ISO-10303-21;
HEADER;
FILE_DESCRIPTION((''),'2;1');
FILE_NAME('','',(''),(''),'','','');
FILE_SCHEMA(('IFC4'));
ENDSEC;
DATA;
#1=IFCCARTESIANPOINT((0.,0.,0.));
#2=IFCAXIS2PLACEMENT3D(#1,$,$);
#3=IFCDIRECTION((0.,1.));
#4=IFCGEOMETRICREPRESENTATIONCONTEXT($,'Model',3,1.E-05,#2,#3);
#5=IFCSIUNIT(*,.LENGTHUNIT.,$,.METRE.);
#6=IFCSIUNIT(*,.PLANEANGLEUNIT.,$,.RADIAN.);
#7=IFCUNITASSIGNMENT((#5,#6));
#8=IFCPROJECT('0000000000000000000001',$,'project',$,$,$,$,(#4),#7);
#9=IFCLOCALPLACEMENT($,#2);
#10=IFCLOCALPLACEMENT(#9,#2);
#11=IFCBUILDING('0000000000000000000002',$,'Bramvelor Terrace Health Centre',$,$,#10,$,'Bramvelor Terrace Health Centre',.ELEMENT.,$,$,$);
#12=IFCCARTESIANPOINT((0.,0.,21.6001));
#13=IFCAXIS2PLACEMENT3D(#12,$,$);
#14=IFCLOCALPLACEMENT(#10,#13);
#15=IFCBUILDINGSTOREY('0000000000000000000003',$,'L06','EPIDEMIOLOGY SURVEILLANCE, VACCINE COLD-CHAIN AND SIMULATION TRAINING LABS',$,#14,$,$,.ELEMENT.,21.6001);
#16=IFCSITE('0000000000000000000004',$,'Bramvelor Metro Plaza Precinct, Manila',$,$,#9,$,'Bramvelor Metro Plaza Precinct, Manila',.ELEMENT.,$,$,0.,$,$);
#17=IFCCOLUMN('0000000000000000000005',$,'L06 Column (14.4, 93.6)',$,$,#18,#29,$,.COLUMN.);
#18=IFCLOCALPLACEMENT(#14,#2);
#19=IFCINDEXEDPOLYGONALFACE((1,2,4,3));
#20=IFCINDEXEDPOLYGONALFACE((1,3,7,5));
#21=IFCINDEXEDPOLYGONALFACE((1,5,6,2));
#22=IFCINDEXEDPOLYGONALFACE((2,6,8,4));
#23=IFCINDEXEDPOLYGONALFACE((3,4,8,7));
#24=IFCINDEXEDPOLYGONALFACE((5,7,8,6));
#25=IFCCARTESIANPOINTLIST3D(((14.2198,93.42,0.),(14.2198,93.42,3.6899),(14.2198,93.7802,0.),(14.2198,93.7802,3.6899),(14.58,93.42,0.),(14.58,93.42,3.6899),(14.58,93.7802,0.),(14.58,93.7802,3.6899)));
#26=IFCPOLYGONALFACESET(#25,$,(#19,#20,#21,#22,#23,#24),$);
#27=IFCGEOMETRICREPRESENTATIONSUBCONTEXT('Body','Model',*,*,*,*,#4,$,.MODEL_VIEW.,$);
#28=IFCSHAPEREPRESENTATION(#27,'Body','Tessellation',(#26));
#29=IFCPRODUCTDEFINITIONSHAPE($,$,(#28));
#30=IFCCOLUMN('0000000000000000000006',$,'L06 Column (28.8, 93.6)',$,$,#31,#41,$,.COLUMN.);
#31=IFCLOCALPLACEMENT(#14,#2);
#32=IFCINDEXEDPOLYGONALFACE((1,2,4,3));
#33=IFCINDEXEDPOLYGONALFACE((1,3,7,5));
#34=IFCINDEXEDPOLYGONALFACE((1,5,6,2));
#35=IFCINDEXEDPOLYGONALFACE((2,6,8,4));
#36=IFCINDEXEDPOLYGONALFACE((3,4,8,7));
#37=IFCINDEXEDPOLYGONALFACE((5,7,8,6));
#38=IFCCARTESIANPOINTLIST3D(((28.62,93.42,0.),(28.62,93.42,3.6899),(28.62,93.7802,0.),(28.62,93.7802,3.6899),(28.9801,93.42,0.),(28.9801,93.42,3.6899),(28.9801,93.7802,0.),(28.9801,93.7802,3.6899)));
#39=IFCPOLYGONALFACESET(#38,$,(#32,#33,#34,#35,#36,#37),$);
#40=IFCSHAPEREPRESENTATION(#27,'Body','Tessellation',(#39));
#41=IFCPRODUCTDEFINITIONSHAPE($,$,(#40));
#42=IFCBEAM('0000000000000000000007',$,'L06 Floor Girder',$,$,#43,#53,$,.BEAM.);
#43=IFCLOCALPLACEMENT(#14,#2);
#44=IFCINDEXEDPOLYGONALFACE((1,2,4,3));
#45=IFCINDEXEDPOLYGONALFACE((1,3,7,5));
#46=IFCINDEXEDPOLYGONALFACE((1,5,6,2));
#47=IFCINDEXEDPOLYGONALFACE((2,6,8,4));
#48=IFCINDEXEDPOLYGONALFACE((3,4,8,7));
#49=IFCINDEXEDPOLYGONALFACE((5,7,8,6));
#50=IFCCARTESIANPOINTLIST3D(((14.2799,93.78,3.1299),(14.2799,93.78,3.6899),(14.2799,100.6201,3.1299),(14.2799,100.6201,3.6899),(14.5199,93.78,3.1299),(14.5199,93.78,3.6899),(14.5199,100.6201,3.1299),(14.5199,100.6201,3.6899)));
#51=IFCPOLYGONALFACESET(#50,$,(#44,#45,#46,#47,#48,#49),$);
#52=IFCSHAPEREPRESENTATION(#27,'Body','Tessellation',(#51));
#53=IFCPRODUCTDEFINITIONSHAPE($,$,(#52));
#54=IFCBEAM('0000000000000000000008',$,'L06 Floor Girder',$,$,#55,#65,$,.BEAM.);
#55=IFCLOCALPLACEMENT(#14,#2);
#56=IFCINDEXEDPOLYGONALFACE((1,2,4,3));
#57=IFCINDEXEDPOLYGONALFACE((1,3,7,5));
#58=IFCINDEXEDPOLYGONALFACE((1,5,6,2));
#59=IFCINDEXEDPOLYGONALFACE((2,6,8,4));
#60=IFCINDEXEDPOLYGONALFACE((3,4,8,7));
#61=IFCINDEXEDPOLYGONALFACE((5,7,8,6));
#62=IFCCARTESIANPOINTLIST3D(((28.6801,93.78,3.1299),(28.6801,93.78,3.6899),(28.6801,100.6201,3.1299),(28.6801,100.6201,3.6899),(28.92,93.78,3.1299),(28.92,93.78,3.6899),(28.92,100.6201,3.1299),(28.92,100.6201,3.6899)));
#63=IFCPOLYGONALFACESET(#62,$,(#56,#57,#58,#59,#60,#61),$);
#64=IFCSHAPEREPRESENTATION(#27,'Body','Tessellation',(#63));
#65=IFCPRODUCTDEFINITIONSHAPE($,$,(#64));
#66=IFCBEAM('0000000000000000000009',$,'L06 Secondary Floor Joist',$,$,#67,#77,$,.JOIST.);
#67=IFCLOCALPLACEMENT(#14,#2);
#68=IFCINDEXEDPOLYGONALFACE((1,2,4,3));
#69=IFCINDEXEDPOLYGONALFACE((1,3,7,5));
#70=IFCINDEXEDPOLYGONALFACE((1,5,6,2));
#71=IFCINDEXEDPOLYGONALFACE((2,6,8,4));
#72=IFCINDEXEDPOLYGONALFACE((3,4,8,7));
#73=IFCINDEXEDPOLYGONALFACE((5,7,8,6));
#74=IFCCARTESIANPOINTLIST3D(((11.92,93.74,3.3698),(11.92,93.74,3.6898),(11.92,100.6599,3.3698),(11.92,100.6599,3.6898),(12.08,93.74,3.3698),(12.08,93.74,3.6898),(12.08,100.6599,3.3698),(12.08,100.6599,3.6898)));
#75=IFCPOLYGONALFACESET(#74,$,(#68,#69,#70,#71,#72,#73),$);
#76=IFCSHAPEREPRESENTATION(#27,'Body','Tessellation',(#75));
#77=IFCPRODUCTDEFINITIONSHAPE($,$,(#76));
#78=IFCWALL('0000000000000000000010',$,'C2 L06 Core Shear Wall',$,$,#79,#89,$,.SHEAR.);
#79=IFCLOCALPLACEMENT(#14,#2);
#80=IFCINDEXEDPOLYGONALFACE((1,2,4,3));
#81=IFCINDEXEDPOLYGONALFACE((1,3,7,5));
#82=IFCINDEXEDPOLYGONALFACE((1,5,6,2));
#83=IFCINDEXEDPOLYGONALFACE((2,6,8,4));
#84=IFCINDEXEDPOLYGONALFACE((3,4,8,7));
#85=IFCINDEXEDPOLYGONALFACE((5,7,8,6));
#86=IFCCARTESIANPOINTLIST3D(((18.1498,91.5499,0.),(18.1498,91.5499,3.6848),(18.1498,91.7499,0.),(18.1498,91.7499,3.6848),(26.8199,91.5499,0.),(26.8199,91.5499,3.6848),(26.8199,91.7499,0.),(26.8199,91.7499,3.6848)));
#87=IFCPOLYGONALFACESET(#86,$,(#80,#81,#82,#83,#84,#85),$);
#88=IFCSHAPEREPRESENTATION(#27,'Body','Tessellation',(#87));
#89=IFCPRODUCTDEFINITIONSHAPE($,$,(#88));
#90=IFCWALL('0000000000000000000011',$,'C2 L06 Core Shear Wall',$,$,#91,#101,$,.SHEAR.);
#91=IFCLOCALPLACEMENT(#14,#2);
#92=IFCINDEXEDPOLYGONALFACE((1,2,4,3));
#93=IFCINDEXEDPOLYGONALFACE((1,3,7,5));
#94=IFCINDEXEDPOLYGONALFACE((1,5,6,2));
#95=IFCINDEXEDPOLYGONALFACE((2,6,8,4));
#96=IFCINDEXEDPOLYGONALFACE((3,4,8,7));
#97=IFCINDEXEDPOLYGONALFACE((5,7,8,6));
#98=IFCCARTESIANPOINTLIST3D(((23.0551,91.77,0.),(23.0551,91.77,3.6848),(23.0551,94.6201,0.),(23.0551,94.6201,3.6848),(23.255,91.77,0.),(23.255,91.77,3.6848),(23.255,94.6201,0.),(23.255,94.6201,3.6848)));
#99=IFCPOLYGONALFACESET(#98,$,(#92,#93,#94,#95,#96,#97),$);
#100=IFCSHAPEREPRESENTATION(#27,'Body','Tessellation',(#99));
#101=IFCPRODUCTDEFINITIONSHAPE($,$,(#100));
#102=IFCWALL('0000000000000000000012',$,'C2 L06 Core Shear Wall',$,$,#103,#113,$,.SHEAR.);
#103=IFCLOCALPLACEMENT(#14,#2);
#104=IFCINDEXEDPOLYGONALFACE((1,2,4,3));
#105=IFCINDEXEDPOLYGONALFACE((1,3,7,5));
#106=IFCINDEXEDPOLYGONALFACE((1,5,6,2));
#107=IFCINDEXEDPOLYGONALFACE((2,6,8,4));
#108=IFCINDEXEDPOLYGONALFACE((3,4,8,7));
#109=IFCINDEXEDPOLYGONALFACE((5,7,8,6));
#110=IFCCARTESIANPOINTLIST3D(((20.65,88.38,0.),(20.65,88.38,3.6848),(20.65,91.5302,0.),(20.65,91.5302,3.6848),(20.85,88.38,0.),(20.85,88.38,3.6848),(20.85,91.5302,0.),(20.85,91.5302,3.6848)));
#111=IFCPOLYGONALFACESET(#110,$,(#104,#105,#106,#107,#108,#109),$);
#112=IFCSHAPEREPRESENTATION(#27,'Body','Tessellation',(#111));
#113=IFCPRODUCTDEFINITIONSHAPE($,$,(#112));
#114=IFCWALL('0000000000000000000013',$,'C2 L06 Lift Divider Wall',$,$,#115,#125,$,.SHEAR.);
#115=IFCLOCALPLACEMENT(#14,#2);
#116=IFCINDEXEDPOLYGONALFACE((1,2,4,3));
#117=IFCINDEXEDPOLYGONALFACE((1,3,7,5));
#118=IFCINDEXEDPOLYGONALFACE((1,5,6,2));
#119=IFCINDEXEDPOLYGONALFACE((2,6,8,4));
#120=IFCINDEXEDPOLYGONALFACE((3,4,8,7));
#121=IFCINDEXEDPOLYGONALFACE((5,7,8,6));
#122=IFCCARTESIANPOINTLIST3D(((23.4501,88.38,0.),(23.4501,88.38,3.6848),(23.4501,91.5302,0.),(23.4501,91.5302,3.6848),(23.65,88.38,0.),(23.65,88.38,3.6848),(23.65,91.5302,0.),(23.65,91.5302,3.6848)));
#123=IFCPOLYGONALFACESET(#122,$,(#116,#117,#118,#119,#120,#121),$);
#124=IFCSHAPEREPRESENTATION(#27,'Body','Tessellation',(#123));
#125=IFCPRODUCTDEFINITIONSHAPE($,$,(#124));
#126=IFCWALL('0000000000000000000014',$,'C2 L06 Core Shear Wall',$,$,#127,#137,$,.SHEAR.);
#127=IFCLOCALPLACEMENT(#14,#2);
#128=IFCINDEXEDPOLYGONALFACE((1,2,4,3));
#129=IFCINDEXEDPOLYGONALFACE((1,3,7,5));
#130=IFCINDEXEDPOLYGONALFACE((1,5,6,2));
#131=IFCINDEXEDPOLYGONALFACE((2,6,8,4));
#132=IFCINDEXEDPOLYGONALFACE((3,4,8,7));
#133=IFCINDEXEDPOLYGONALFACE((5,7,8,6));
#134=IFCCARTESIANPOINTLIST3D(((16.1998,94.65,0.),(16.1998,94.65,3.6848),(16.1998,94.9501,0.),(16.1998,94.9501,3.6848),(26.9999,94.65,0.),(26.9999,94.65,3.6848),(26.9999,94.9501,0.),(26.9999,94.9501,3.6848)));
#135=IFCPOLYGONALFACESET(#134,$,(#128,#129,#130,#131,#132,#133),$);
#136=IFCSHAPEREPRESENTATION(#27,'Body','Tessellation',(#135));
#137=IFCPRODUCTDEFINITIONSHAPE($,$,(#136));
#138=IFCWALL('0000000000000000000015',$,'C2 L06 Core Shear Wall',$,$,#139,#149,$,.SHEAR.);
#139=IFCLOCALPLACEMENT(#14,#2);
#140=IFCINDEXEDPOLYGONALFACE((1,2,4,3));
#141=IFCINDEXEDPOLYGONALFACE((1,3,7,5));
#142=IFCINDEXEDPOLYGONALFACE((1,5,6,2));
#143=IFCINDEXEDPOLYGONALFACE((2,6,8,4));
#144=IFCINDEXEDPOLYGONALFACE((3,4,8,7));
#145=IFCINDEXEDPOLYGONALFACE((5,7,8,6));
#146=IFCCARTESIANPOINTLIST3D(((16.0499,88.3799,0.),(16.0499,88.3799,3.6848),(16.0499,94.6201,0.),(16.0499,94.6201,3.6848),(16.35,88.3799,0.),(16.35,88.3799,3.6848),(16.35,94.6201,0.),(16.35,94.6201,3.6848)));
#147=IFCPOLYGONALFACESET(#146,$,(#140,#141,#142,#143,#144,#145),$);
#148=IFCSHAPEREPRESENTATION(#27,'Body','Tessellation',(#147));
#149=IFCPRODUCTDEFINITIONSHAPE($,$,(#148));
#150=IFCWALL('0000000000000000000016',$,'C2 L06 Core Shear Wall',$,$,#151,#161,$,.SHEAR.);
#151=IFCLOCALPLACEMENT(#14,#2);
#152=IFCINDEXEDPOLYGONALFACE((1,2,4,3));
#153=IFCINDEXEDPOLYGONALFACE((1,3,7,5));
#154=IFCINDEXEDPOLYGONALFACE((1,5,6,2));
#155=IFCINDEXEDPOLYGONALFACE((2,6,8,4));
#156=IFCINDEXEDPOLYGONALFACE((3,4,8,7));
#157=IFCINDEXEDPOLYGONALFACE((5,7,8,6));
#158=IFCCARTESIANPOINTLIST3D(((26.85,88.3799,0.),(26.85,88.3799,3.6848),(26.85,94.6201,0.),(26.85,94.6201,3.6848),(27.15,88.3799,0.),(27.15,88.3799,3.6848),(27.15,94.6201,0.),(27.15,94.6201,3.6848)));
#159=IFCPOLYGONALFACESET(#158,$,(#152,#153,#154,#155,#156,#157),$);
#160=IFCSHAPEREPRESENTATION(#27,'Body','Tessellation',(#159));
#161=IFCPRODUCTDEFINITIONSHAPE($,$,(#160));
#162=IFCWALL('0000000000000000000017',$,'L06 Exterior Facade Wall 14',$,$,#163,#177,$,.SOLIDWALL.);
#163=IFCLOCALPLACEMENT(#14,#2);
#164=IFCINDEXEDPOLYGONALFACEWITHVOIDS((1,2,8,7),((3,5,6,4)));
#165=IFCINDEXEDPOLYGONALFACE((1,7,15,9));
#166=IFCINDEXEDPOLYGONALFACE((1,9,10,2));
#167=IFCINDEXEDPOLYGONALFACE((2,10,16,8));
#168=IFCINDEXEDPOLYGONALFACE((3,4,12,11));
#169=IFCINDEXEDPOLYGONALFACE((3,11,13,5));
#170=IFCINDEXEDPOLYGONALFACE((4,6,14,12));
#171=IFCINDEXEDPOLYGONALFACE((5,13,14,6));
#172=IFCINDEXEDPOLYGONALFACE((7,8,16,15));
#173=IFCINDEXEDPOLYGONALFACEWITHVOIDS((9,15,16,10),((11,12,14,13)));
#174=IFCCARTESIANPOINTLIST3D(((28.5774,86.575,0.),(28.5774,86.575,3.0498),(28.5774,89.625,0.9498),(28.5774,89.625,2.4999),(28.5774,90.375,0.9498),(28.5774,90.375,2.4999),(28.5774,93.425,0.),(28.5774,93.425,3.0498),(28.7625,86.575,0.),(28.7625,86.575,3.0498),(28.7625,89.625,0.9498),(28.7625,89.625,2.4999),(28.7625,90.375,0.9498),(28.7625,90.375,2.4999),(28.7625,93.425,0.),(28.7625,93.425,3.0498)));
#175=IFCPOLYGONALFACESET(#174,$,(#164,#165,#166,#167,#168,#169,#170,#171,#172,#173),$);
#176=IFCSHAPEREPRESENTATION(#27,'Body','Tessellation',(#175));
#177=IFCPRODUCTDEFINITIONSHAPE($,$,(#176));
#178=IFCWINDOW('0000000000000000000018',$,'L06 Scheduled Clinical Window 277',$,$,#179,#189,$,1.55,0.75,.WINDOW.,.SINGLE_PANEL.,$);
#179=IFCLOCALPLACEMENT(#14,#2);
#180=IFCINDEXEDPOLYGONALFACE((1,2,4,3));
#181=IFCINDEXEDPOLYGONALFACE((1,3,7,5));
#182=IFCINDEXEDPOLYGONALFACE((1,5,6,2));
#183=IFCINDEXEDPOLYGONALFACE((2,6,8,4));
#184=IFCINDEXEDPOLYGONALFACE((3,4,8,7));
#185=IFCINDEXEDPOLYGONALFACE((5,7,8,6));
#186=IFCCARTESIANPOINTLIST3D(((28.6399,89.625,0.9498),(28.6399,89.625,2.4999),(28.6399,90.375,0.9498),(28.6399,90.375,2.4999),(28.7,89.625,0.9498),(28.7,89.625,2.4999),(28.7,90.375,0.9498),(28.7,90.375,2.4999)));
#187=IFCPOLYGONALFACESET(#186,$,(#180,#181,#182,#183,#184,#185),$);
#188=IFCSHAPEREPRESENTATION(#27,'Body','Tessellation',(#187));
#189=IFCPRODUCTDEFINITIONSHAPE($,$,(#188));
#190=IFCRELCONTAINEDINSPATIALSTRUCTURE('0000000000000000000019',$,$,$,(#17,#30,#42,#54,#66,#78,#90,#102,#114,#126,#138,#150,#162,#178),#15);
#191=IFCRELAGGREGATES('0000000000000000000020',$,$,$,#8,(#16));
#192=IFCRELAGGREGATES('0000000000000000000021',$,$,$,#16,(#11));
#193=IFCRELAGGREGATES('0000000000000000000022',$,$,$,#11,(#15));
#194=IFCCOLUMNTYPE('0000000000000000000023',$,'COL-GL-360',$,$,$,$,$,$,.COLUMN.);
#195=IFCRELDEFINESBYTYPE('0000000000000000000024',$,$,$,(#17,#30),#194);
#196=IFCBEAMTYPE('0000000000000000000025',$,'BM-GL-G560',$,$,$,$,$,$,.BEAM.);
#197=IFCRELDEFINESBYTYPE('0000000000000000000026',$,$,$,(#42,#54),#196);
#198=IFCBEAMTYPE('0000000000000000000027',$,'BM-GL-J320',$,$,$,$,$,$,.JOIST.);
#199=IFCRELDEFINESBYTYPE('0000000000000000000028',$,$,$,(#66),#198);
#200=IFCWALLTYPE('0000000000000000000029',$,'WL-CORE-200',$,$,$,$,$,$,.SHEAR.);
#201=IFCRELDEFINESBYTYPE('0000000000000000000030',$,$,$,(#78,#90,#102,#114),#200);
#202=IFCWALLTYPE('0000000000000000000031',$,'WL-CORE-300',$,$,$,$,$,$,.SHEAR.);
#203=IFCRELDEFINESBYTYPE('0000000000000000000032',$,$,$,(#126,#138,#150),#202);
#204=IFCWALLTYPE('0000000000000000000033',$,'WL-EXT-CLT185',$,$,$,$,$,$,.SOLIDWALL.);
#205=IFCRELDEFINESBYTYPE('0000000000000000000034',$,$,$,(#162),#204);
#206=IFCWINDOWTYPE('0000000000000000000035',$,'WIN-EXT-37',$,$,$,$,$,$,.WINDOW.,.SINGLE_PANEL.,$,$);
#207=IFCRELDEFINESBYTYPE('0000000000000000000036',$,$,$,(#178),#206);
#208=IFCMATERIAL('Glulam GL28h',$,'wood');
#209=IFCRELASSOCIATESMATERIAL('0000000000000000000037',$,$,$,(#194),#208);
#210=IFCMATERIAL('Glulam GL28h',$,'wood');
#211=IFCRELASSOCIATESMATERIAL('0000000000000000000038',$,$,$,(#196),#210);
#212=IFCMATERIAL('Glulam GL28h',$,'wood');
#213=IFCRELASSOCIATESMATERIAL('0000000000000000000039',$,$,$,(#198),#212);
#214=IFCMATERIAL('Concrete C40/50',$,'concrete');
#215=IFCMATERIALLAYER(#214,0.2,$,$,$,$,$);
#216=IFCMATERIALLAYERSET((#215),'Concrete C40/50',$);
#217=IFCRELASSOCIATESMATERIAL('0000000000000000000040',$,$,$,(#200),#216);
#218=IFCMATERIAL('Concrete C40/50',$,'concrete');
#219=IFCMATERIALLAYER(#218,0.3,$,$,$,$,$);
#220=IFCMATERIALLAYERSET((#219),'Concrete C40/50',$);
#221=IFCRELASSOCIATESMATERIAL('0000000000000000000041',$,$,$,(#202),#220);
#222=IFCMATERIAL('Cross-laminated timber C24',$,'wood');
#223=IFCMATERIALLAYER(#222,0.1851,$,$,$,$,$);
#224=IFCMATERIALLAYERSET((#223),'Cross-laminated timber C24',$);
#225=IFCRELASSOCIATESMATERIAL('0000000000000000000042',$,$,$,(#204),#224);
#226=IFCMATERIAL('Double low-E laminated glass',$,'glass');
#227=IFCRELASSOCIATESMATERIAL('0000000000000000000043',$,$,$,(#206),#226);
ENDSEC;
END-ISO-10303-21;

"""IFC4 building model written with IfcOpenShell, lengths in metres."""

from ifc_helpers import new_model, si_unit, direction, frame, frame_2d, origin, origin_2d, place, context, subcontext, project, spatial, rectangle, extrude, material, layer, layer_set, material_profile, profile_set, type_object, element, fill, save


model = new_model("IFC4")

# Units and contexts
model_context = context("Model", 3, precision=1e-05, world=origin(), true_north=direction((0.0, 1.0)))
body_context = subcontext(model_context, "Body", "Model", "MODEL_VIEW")
ifc_project = project(units=[si_unit("LENGTHUNIT", "METRE"), si_unit("PLANEANGLEUNIT", "RADIAN")], contexts=[model_context])

# Site, building, storey
site_placement = place(None, origin())
site = spatial("IfcSite", under=ifc_project, at=site_placement, Name="Bramvelor Metro Plaza Precinct, Manila", LongName="Bramvelor Metro Plaza Precinct, Manila", CompositionType="ELEMENT", RefElevation=0.0)
building_placement = place(site_placement, origin())
building = spatial("IfcBuilding", under=site, at=building_placement, Name="Bramvelor Terrace Health Centre", LongName="Bramvelor Terrace Health Centre", CompositionType="ELEMENT")
storey_placement = place(building_placement, frame((0.0, 0.0, 21.6001)))
storey = spatial("IfcBuildingStorey", under=building, at=storey_placement, Name="L06", Description="EPIDEMIOLOGY SURVEILLANCE, VACCINE COLD-CHAIN AND SIMULATION TRAINING LABS", CompositionType="ELEMENT", Elevation=21.6001)

# Columns
ifc_material_1 = material(Name="Glulam GL28h", Category="wood")
ifc_material_profile_1 = material_profile(ifc_material_1, rectangle(XDim=0.3601, YDim=0.3601, at=origin_2d()), Name="GL 360x360")
ifc_profile_set_1 = profile_set([ifc_material_profile_1], Name="Glulam GL28h")
column_type = type_object("IfcColumnType", Name="COL-GL-360", PredefinedType="COLUMN", material=ifc_profile_set_1)
for number, where, z_axis, x_axis, name in (
    (1, (14.3999, 93.6001, 0.0), (0.0, 0.0, 1.0), (1.0, 0.0, 0.0), "L06 Column (14.4, 93.6)"),
    (2, (28.8, 93.6001, 0.0), (0.0, 0.0, 1.0), (1.0, 0.0, 0.0), "L06 Column (28.8, 93.6)"),
):
    element("IfcColumn", number, at=place(storey_placement, frame(where, z_axis=z_axis, x_axis=x_axis)), inside=storey, type_object=column_type, Name=name, PredefinedType="COLUMN", context=body_context, shape_type="SweptSolid", body=[
        extrude(rectangle(XDim=0.3601, YDim=0.3601, at=origin_2d()), origin(), (0.0, 0.0, 1.0), 3.6899),
    ])

# Beams
ifc_material_2 = material(Name="Glulam GL28h", Category="wood")
ifc_material_profile_2 = material_profile(ifc_material_2, rectangle(XDim=0.24, YDim=0.5601, at=origin_2d()), Name="GL 240x560")
ifc_profile_set_2 = profile_set([ifc_material_profile_2], Name="Glulam GL28h")
beam_type_1 = type_object("IfcBeamType", Name="BM-GL-G560", PredefinedType="BEAM", material=ifc_profile_set_2)
for number, where, z_axis, x_axis, name in (
    (3, (14.3999, 93.78, 3.4099), (0.0, 1.0, 0.0), (-1.0, 0.0, 0.0), "L06 Floor Girder"),
    (4, (28.8, 93.78, 3.4099), (0.0, 1.0, 0.0), (-1.0, 0.0, 0.0), "L06 Floor Girder"),
):
    element("IfcBeam", number, at=place(storey_placement, frame(where, z_axis=z_axis, x_axis=x_axis)), inside=storey, type_object=beam_type_1, Name=name, PredefinedType="BEAM", context=body_context, shape_type="SweptSolid", body=[
        extrude(rectangle(XDim=0.24, YDim=0.5601, at=origin_2d()), origin(), (0.0, 0.0, 1.0), 6.8401),
    ])
ifc_material_3 = material(Name="Glulam GL28h", Category="wood")
ifc_material_profile_3 = material_profile(ifc_material_3, rectangle(XDim=0.1599, YDim=0.3201, at=origin_2d()), Name="GL 160x320")
ifc_profile_set_3 = profile_set([ifc_material_profile_3], Name="Glulam GL28h")
beam_type_2 = type_object("IfcBeamType", Name="BM-GL-J320", PredefinedType="JOIST", material=ifc_profile_set_3)
beam_placement = place(storey_placement, frame((12.0, 93.74, 3.5298), z_axis=(0.0, 1.0, 0.0), x_axis=(-1.0, 0.0, 0.0)))
element("IfcBeam", 5, at=beam_placement, inside=storey, type_object=beam_type_2, Name="L06 Secondary Floor Joist", PredefinedType="JOIST", context=body_context, shape_type="SweptSolid", body=[
    extrude(rectangle(XDim=0.1599, YDim=0.3201, at=origin_2d()), origin(), (0.0, 0.0, 1.0), 6.9199),
])

# Walls
ifc_material_4 = material(Name="Concrete C40/50", Category="concrete")
ifc_layer_1 = layer(ifc_material_4, 0.2)
ifc_layer_set_1 = layer_set([ifc_layer_1], Name="Concrete C40/50")
wall_type_1 = type_object("IfcWallType", Name="WL-CORE-200", PredefinedType="SHEAR", material=ifc_layer_set_1)
wall_1_placement = place(storey_placement, frame((18.1499, 91.6499, 0.0), z_axis=(0.0, 0.0, 1.0), x_axis=(1.0, 0.0, 0.0)))
element("IfcWall", 6, at=wall_1_placement, inside=storey, type_object=wall_type_1, Name="C2 L06 Core Shear Wall", PredefinedType="SHEAR", context=body_context, shape_type="SweptSolid", body=[
    extrude(rectangle(XDim=8.6702, YDim=0.2, at=frame_2d((4.335, 0.0))), origin(), (0.0, 0.0, 1.0), 3.6848),
])
wall_2_placement = place(storey_placement, frame((23.155, 91.77, 0.0), z_axis=(0.0, 0.0, 1.0), x_axis=(0.0, 1.0, 0.0)))
element("IfcWall", 7, at=wall_2_placement, inside=storey, type_object=wall_type_1, Name="C2 L06 Core Shear Wall", PredefinedType="SHEAR", context=body_context, shape_type="SweptSolid", body=[
    extrude(rectangle(XDim=2.8501, YDim=0.2, at=frame_2d((1.425, 0.0))), origin(), (0.0, 0.0, 1.0), 3.6848),
])
for number, where, z_axis, x_axis, name in (
    (8, (20.75, 88.3799, 0.0), (0.0, 0.0, 1.0), (0.0, 1.0, 0.0), "C2 L06 Core Shear Wall"),
    (9, (23.55, 88.3799, 0.0), (0.0, 0.0, 1.0), (0.0, 1.0, 0.0), "C2 L06 Lift Divider Wall"),
):
    element("IfcWall", number, at=place(storey_placement, frame(where, z_axis=z_axis, x_axis=x_axis)), inside=storey, type_object=wall_type_1, Name=name, PredefinedType="SHEAR", context=body_context, shape_type="SweptSolid", body=[
        extrude(rectangle(XDim=3.1501, YDim=0.2, at=frame_2d((1.5752, 0.0))), origin(), (0.0, 0.0, 1.0), 3.6848),
    ])

# Shared definitions
ifc_material_5 = material(Name="Concrete C40/50", Category="concrete")
ifc_layer_2 = layer(ifc_material_5, 0.3)
ifc_layer_set_2 = layer_set([ifc_layer_2], Name="Concrete C40/50")
wall_type_2 = type_object("IfcWallType", Name="WL-CORE-300", PredefinedType="SHEAR", material=ifc_layer_set_2)

# Walls
wall_3_placement = place(storey_placement, frame((16.2, 94.8, 0.0), z_axis=(0.0, 0.0, 1.0), x_axis=(1.0, 0.0, 0.0)))
element("IfcWall", 10, at=wall_3_placement, inside=storey, type_object=wall_type_2, Name="C2 L06 Core Shear Wall", PredefinedType="SHEAR", context=body_context, shape_type="SweptSolid", body=[
    extrude(rectangle(XDim=10.8, YDim=0.3, at=frame_2d((5.3999, 0.0))), origin(), (0.0, 0.0, 1.0), 3.6848),
])
for number, where, z_axis, x_axis, name in (
    (11, (16.2, 88.3799, 0.0), (0.0, 0.0, 1.0), (0.0, 1.0, 0.0), "C2 L06 Core Shear Wall"),
    (12, (27.0, 88.3799, 0.0), (0.0, 0.0, 1.0), (0.0, 1.0, 0.0), "C2 L06 Core Shear Wall"),
):
    element("IfcWall", number, at=place(storey_placement, frame(where, z_axis=z_axis, x_axis=x_axis)), inside=storey, type_object=wall_type_2, Name=name, PredefinedType="SHEAR", context=body_context, shape_type="SweptSolid", body=[
        extrude(rectangle(XDim=6.2402, YDim=0.3, at=frame_2d((3.1201, 0.0))), origin(), (0.0, 0.0, 1.0), 3.6848),
    ])

# Wall, opening, window
ifc_material_6 = material(Name="Cross-laminated timber C24", Category="wood")
ifc_layer_3 = layer(ifc_material_6, 0.1851)
ifc_layer_set_3 = layer_set([ifc_layer_3], Name="Cross-laminated timber C24")
wall_type_3 = type_object("IfcWallType", Name="WL-EXT-CLT185", PredefinedType="SOLIDWALL", material=ifc_layer_set_3)
wall_4_placement = place(storey_placement, frame((28.6699, 93.425, 0.0), z_axis=(0.0, 0.0, 1.0), x_axis=(0.0, -1.0, 0.0)))
wall_4 = element("IfcWall", 13, at=wall_4_placement, inside=storey, type_object=wall_type_3, Name="L06 Exterior Facade Wall 14", PredefinedType="SOLIDWALL", context=body_context, shape_type="SweptSolid", body=[
    extrude(rectangle(XDim=6.8501, YDim=0.1851, at=frame_2d((3.425, 0.0))), origin(), (0.0, 0.0, 1.0), 3.0498),
])
opening_1_placement = place(wall_4_placement, frame((3.05, 0.0, 0.95)))
opening_1 = element("IfcOpeningElement", 14, at=opening_1_placement, cuts=wall_4, PredefinedType="OPENING", context=body_context, shape_type="SweptSolid", body=[
    extrude(rectangle(XDim=0.75, YDim=1.55, at=frame_2d((0.375, 0.7749))), frame((0.0, 0.1025, 0.0), z_axis=(0.0, -1.0, 0.0), x_axis=(1.0, 0.0, 0.0)), (0.0, 0.0, 1.0), 0.2051),
])
ifc_material_7 = material(Name="Double low-E laminated glass", Category="glass")
window_type = type_object("IfcWindowType", Name="WIN-EXT-37", PartitioningType="SINGLE_PANEL", PredefinedType="WINDOW", material=ifc_material_7)
window_placement = place(opening_1_placement, origin())
window = element("IfcWindow", 15, at=window_placement, inside=storey, type_object=window_type, Name="L06 Scheduled Clinical Window 277", OverallHeight=1.55, OverallWidth=0.75, PartitioningType="SINGLE_PANEL", PredefinedType="WINDOW", context=body_context, shape_type="SweptSolid", body=[
    extrude(rectangle(XDim=0.75, YDim=1.55, at=frame_2d((0.375, 0.7749))), frame((0.0, 0.03, 0.0), z_axis=(0.0, -1.0, 0.0), x_axis=(1.0, 0.0, 0.0)), (0.0, 0.0, 1.0), 0.0601),
])
fill(opening_1, window)

save(model, "model.ifc")
